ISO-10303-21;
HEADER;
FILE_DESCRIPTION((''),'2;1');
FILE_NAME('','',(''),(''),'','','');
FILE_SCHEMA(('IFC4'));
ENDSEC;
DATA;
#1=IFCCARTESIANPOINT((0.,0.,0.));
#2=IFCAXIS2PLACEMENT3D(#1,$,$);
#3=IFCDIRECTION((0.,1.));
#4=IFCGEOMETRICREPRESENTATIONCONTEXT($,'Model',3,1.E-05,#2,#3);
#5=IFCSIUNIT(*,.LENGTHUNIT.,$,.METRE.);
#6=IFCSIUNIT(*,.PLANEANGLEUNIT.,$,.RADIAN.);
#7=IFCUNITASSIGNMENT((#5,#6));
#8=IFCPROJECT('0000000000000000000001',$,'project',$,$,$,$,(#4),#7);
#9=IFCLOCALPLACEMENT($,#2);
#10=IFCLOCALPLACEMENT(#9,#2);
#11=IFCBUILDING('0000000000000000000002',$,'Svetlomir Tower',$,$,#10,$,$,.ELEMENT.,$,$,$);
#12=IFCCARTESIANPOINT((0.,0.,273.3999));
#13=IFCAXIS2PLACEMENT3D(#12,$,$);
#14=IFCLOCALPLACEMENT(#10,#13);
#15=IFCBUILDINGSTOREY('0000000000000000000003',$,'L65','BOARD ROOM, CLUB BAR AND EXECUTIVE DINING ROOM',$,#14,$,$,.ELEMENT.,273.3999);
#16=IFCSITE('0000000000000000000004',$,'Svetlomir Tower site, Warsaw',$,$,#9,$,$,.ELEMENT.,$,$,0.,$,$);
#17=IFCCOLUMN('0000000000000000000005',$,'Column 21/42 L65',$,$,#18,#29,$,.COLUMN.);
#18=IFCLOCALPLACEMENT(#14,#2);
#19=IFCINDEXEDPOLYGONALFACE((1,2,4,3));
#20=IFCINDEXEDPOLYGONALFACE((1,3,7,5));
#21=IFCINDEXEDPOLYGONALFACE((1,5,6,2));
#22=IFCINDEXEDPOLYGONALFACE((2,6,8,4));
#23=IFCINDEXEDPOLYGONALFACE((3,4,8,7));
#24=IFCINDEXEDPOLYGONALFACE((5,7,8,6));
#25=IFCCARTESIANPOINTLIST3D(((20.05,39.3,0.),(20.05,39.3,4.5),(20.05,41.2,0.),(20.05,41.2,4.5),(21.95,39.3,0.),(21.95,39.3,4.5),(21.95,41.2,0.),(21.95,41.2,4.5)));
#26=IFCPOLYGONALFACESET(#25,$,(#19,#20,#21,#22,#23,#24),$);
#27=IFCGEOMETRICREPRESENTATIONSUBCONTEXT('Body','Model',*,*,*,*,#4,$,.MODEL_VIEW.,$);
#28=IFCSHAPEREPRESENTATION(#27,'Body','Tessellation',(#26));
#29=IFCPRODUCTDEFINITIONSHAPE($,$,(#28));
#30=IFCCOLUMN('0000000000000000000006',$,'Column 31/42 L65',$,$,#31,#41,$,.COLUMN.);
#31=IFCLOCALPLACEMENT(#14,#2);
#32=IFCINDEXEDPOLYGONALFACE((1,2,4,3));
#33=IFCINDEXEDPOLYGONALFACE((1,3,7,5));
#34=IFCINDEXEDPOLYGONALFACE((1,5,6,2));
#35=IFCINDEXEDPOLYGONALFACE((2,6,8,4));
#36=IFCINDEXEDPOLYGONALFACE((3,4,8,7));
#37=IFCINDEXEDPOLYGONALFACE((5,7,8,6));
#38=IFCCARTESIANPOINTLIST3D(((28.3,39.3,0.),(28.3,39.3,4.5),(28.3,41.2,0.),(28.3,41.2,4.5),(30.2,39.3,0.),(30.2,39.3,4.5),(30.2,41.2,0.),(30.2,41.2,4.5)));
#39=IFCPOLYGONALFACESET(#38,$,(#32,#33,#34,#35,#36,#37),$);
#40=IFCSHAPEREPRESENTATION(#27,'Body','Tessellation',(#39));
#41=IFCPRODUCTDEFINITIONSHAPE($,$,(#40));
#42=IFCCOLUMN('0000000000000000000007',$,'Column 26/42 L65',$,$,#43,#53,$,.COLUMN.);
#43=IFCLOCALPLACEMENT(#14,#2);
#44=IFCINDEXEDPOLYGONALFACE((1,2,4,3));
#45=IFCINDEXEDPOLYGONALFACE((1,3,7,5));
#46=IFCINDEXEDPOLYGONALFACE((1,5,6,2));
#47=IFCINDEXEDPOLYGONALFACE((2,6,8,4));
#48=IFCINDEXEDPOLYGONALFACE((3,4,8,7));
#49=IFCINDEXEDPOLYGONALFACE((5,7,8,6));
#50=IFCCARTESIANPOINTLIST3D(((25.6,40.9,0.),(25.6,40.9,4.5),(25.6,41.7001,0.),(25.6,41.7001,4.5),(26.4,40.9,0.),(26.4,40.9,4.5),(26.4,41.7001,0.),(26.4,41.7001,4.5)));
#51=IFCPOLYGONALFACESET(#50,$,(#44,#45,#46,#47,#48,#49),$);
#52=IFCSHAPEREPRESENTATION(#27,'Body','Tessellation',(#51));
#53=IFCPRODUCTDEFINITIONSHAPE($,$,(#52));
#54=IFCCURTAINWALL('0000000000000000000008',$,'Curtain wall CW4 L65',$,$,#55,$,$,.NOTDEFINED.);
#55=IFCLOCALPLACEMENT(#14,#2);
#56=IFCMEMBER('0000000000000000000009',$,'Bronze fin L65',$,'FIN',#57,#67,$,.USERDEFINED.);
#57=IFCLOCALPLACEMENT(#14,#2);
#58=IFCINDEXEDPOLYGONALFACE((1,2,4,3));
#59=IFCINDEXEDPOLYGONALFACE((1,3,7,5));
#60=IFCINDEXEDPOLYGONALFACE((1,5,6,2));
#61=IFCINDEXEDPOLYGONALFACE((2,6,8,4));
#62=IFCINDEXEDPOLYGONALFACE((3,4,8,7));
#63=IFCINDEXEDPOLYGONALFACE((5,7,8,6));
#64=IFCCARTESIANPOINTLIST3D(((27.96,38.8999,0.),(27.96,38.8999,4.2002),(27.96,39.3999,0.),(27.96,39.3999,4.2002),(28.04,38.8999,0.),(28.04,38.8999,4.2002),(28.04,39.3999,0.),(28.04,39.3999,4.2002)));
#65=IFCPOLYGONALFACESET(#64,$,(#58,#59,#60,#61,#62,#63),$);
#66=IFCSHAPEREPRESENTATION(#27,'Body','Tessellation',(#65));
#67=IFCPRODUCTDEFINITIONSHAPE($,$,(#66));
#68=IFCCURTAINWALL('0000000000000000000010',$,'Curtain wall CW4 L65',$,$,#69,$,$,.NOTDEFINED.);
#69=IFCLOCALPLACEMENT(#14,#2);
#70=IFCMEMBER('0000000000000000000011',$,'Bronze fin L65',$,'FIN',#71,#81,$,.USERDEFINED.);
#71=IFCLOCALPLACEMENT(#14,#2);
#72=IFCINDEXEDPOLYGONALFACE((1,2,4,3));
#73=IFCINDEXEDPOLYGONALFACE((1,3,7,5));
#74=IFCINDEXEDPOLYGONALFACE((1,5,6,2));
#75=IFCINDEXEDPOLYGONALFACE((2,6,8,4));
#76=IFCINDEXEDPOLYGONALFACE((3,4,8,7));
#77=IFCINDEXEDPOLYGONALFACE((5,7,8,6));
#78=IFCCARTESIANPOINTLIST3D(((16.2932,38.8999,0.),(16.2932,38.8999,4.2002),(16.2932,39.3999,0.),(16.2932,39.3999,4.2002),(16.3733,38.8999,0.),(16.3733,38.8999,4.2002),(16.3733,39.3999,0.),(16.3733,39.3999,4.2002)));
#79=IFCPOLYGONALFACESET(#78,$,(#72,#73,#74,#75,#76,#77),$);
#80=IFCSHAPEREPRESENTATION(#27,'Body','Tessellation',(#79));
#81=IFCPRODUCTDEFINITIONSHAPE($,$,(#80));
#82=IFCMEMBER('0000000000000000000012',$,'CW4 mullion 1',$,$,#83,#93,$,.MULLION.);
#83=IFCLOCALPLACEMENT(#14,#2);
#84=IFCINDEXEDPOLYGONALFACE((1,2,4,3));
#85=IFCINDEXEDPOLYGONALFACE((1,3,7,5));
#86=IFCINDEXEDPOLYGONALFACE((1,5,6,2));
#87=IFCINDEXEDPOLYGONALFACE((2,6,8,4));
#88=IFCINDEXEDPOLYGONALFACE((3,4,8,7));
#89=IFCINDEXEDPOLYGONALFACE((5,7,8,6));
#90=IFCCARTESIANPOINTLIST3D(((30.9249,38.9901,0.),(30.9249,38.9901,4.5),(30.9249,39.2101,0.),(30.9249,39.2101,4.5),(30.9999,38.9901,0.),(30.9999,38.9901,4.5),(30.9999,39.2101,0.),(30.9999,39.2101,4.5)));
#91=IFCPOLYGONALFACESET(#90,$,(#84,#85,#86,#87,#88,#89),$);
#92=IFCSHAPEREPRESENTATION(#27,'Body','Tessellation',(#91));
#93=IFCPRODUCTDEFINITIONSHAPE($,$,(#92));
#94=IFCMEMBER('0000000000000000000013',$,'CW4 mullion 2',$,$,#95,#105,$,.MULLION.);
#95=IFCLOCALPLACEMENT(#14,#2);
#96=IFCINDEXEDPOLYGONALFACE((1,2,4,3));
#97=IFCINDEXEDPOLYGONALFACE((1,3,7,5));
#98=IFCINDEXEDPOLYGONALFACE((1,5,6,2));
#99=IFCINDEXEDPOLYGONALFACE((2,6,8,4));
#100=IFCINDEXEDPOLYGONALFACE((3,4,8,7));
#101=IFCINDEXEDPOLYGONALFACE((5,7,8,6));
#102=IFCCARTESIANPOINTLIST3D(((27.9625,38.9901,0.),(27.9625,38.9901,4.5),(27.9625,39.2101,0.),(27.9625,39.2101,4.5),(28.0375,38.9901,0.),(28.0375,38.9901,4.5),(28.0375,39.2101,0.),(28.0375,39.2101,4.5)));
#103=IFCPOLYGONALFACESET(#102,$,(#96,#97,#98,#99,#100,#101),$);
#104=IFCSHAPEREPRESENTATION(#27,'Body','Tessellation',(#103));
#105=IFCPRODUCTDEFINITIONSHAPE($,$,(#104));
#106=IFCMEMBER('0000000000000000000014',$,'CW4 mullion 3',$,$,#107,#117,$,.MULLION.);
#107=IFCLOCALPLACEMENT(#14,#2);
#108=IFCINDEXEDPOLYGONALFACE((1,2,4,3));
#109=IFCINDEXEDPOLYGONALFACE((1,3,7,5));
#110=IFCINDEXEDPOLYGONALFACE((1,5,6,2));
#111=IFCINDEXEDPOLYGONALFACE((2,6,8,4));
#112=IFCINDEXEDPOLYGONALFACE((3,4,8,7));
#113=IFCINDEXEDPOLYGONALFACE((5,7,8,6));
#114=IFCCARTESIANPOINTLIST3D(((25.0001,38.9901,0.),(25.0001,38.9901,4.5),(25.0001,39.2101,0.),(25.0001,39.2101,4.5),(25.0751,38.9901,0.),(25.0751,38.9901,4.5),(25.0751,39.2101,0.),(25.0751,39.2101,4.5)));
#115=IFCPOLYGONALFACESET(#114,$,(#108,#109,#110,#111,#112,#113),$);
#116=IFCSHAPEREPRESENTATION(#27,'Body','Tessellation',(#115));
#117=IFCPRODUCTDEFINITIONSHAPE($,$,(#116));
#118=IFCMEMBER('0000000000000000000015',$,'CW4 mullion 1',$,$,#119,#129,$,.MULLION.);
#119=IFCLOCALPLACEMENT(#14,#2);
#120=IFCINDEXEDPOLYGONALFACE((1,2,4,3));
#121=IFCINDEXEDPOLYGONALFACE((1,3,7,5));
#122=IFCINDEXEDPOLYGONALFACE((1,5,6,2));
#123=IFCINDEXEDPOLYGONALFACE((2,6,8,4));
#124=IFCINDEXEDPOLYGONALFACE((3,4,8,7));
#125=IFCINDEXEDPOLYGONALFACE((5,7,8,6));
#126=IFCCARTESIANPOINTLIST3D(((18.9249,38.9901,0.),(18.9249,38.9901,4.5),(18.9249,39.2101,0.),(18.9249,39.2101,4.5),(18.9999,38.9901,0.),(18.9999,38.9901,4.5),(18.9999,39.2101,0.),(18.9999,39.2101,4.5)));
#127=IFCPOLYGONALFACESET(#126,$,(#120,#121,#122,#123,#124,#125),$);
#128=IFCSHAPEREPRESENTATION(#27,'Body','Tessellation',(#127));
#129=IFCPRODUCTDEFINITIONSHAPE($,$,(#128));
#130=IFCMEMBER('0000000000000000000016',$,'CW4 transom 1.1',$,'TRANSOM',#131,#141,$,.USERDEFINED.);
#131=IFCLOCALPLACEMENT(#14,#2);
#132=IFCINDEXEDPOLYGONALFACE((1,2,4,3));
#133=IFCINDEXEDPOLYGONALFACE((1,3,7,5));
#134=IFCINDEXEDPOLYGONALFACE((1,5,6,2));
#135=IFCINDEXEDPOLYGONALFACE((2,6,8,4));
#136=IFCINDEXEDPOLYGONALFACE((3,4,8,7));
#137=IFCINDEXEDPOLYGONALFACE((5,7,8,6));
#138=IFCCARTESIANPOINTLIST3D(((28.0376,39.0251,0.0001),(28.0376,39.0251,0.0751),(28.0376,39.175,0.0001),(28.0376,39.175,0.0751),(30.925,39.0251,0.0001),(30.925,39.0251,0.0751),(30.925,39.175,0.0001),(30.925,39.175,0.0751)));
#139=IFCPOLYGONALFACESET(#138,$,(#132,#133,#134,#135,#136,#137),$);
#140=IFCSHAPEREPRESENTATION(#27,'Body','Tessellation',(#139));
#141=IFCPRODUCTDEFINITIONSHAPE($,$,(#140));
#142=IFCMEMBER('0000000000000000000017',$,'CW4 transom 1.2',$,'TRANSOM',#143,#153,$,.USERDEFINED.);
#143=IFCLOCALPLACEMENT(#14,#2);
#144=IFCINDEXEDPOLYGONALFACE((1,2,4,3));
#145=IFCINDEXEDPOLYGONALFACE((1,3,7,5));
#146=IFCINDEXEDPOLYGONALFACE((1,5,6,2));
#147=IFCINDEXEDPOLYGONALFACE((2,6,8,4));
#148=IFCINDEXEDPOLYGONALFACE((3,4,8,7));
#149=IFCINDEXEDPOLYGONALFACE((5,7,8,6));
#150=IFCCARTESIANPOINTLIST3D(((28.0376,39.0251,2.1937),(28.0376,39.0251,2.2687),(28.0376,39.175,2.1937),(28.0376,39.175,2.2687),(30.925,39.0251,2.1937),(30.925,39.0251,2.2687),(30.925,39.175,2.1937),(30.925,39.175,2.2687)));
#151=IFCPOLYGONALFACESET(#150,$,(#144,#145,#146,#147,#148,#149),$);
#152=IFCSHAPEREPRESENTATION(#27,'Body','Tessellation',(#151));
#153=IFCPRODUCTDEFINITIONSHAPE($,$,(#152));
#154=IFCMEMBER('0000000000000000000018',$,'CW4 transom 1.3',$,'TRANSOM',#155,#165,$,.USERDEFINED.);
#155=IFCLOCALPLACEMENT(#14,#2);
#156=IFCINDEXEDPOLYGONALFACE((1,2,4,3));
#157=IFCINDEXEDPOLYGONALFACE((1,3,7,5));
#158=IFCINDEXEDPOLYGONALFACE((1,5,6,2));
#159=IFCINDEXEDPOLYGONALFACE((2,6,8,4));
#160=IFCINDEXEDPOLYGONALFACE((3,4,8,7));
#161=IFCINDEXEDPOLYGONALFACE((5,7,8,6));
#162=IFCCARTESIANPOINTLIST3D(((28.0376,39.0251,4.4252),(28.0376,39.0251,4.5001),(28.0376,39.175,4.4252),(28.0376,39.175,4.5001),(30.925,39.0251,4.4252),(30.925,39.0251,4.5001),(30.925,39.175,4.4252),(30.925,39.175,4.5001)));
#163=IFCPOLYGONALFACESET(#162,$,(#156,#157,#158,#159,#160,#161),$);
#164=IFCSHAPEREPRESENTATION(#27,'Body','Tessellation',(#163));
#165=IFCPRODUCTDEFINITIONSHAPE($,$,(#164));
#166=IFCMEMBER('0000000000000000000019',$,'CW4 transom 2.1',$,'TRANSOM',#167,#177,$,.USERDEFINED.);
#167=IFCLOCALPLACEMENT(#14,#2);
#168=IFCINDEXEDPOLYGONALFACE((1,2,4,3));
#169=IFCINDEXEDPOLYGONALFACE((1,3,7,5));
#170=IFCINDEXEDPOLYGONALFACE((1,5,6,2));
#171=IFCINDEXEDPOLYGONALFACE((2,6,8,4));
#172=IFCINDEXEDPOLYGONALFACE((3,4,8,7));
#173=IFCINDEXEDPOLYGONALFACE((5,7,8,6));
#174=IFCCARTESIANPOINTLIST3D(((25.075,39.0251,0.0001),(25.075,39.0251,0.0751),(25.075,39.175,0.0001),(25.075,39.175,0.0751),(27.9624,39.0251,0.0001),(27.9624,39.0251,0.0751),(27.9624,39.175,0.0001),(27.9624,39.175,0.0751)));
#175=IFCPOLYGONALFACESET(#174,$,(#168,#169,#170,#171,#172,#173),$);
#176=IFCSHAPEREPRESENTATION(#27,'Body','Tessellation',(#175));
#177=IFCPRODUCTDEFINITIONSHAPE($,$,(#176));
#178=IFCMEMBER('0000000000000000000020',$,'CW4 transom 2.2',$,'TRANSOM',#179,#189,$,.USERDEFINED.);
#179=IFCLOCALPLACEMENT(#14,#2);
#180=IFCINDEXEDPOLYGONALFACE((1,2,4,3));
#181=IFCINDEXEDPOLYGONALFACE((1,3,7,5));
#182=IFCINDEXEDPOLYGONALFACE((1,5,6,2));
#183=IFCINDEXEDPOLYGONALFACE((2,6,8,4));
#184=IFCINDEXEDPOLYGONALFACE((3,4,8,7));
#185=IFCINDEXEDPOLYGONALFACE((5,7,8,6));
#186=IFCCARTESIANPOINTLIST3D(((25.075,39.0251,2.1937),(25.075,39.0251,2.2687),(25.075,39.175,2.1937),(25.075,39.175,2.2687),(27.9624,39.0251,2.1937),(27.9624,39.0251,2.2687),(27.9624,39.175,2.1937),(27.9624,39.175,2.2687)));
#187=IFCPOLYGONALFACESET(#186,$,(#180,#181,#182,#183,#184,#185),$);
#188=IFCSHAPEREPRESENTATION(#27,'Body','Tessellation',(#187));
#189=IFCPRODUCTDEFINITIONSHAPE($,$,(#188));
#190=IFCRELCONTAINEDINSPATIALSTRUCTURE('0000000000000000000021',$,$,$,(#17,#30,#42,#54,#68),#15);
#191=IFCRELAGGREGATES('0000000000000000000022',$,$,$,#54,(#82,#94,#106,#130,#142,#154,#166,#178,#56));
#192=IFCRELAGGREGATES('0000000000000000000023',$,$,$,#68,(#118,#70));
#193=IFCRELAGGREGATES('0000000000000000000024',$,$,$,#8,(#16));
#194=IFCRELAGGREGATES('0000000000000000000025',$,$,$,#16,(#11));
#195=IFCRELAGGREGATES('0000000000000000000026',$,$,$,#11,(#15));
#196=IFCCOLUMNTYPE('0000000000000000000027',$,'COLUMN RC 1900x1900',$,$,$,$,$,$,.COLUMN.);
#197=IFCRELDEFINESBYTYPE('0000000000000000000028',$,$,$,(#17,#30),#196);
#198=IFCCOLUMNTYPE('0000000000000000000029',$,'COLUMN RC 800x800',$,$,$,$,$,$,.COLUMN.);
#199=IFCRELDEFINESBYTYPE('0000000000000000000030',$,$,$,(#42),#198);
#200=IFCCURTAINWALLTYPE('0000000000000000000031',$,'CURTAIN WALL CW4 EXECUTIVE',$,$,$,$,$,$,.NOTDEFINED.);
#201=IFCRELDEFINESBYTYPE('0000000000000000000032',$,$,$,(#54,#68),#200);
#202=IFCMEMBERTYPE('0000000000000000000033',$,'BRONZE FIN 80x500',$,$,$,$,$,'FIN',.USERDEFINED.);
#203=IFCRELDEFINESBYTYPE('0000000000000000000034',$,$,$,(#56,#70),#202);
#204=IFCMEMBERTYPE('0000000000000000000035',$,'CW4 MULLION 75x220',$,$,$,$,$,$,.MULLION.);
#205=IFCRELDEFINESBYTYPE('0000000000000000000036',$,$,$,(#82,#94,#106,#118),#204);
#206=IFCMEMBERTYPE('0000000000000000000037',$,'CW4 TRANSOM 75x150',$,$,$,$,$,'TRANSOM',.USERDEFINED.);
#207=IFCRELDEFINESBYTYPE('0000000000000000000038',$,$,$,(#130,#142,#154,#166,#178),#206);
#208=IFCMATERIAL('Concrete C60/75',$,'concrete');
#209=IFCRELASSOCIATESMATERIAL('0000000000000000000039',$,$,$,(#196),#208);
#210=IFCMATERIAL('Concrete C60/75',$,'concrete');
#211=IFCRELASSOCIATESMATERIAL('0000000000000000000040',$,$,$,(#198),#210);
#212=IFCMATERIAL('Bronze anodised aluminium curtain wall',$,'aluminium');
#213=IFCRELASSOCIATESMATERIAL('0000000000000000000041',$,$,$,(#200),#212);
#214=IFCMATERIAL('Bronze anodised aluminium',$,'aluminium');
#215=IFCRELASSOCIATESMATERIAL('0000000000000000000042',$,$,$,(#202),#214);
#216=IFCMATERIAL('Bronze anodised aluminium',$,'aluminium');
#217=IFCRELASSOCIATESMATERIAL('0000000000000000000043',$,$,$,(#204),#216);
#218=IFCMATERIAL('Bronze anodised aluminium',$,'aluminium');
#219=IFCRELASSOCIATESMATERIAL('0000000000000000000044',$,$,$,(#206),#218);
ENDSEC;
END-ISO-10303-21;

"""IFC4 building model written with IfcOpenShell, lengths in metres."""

from ifc_helpers import new_model, si_unit, direction, frame, origin, origin_2d, place, context, subcontext, project, spatial, rectangle, extrude, material, material_profile, profile_set, type_object, element, aggregate, save


model = new_model("IFC4")

# Units and contexts
model_context = context("Model", 3, precision=1e-05, world=origin(), true_north=direction((0.0, 1.0)))
body_context = subcontext(model_context, "Body", "Model", "MODEL_VIEW")
ifc_project = project(units=[si_unit("LENGTHUNIT", "METRE"), si_unit("PLANEANGLEUNIT", "RADIAN")], contexts=[model_context])

# Site, building, storey
site_placement = place(None, origin())
site = spatial("IfcSite", under=ifc_project, at=site_placement, Name="Svetlomir Tower site, Warsaw", CompositionType="ELEMENT", RefElevation=0.0)
building_placement = place(site_placement, origin())
building = spatial("IfcBuilding", under=site, at=building_placement, Name="Svetlomir Tower", CompositionType="ELEMENT")
storey_placement = place(building_placement, frame((0.0, 0.0, 273.3999)))
storey = spatial("IfcBuildingStorey", under=building, at=storey_placement, Name="L65", Description="BOARD ROOM, CLUB BAR AND EXECUTIVE DINING ROOM", CompositionType="ELEMENT", Elevation=273.3999)

# Columns
ifc_material_1 = material(Name="Concrete C60/75", Category="concrete")
ifc_material_profile_1 = material_profile(ifc_material_1, rectangle(XDim=1.8999, YDim=1.8999, at=origin_2d()), Name="RC 1900x1900")
ifc_profile_set_1 = profile_set([ifc_material_profile_1], Name="Concrete C60/75")
column_type_1 = type_object("IfcColumnType", Name="COLUMN RC 1900x1900", PredefinedType="COLUMN", material=ifc_profile_set_1)
for number, where, z_axis, x_axis, name in (
    (1, (21.0, 40.25, 0.0), (0.0, 0.0, 1.0), (1.0, 0.0, 0.0), "Column 21/42 L65"),
    (2, (29.25, 40.25, 0.0), (0.0, 0.0, 1.0), (1.0, 0.0, 0.0), "Column 31/42 L65"),
):
    element("IfcColumn", number, at=place(storey_placement, frame(where, z_axis=z_axis, x_axis=x_axis)), inside=storey, type_object=column_type_1, Name=name, PredefinedType="COLUMN", context=body_context, shape_type="SweptSolid", body=[
        extrude(rectangle(XDim=1.8999, YDim=1.8999, at=origin_2d()), origin(), (0.0, 0.0, 1.0), 4.5),
    ])
ifc_material_2 = material(Name="Concrete C60/75", Category="concrete")
ifc_material_profile_2 = material_profile(ifc_material_2, rectangle(XDim=0.8, YDim=0.8, at=origin_2d()), Name="RC 800x800")
ifc_profile_set_2 = profile_set([ifc_material_profile_2], Name="Concrete C60/75")
column_type_2 = type_object("IfcColumnType", Name="COLUMN RC 800x800", PredefinedType="COLUMN", material=ifc_profile_set_2)
column_placement = place(storey_placement, frame((26.0, 41.3, 0.0), z_axis=(0.0, 0.0, 1.0), x_axis=(1.0, 0.0, 0.0)))
element("IfcColumn", 3, at=column_placement, inside=storey, type_object=column_type_2, Name="Column 26/42 L65", PredefinedType="COLUMN", context=body_context, shape_type="SweptSolid", body=[
    extrude(rectangle(XDim=0.8, YDim=0.8, at=origin_2d()), origin(), (0.0, 0.0, 1.0), 4.5),
])

# Curtain walls, members
ifc_material_3 = material(Name="Bronze anodised aluminium curtain wall", Category="aluminium")
curtain_wall_type = type_object("IfcCurtainWallType", Name="CURTAIN WALL CW4 EXECUTIVE", PredefinedType="NOTDEFINED", material=ifc_material_3)
curtain_wall_1_placement = place(storey_placement, origin())
curtain_wall_1 = element("IfcCurtainWall", 4, at=curtain_wall_1_placement, inside=storey, type_object=curtain_wall_type, Name="Curtain wall CW4 L65", PredefinedType="NOTDEFINED")
ifc_material_4 = material(Name="Bronze anodised aluminium", Category="aluminium")
ifc_material_profile_3 = material_profile(ifc_material_4, rectangle(XDim=0.0801, YDim=0.5, at=origin_2d()), Name="FIN 80x500")
ifc_profile_set_3 = profile_set([ifc_material_profile_3], Name="Bronze anodised aluminium 6063-T6")
member_type_1 = type_object("IfcMemberType", Name="BRONZE FIN 80x500", ElementType="FIN", PredefinedType="USERDEFINED", material=ifc_profile_set_3)
member_1_placement = place(storey_placement, frame((28.0, 39.1499, 0.0), z_axis=(0.0, 0.0, 1.0), x_axis=(1.0, 0.0, 0.0)))
member_1 = element("IfcMember", 5, at=member_1_placement, type_object=member_type_1, Name="Bronze fin L65", ObjectType="FIN", PredefinedType="USERDEFINED", context=body_context, shape_type="SweptSolid", body=[
    extrude(rectangle(XDim=0.0801, YDim=0.5, at=origin_2d()), origin(), (0.0, 0.0, 1.0), 4.2002),
])
curtain_wall_2_placement = place(storey_placement, origin())
curtain_wall_2 = element("IfcCurtainWall", 6, at=curtain_wall_2_placement, inside=storey, type_object=curtain_wall_type, Name="Curtain wall CW4 L65", PredefinedType="NOTDEFINED")
member_2_placement = place(storey_placement, frame((16.3333, 39.1499, 0.0), z_axis=(0.0, 0.0, 1.0), x_axis=(1.0, 0.0, 0.0)))
member_2 = element("IfcMember", 7, at=member_2_placement, type_object=member_type_1, Name="Bronze fin L65", ObjectType="FIN", PredefinedType="USERDEFINED", context=body_context, shape_type="SweptSolid", body=[
    extrude(rectangle(XDim=0.0801, YDim=0.5, at=origin_2d()), origin(), (0.0, 0.0, 1.0), 4.2002),
])

# Members
ifc_material_5 = material(Name="Bronze anodised aluminium", Category="aluminium")
ifc_material_profile_4 = material_profile(ifc_material_5, rectangle(XDim=0.075, YDim=0.22, at=origin_2d()), Name="AL 75x220")
ifc_profile_set_4 = profile_set([ifc_material_profile_4], Name="Bronze anodised aluminium 6063-T6")
member_type_2 = type_object("IfcMemberType", Name="CW4 MULLION 75x220", PredefinedType="MULLION", material=ifc_profile_set_4)
member_3_placement = place(storey_placement, frame((30.9624, 39.1001, 0.0), z_axis=(0.0, 0.0, 1.0), x_axis=(-1.0, 0.0, 0.0)))
member_3 = element("IfcMember", 8, at=member_3_placement, type_object=member_type_2, Name="CW4 mullion 1", PredefinedType="MULLION", context=body_context, shape_type="SweptSolid", body=[
    extrude(rectangle(XDim=0.075, YDim=0.22, at=origin_2d()), origin(), (0.0, 0.0, 1.0), 4.5),
])
member_4_placement = place(storey_placement, frame((28.0, 39.1001, 0.0), z_axis=(0.0, 0.0, 1.0), x_axis=(-1.0, 0.0, 0.0)))
member_4 = element("IfcMember", 9, at=member_4_placement, type_object=member_type_2, Name="CW4 mullion 2", PredefinedType="MULLION", context=body_context, shape_type="SweptSolid", body=[
    extrude(rectangle(XDim=0.075, YDim=0.22, at=origin_2d()), origin(), (0.0, 0.0, 1.0), 4.5),
])
member_5_placement = place(storey_placement, frame((25.0376, 39.1001, 0.0), z_axis=(0.0, 0.0, 1.0), x_axis=(-1.0, 0.0, 0.0)))
member_5 = element("IfcMember", 10, at=member_5_placement, type_object=member_type_2, Name="CW4 mullion 3", PredefinedType="MULLION", context=body_context, shape_type="SweptSolid", body=[
    extrude(rectangle(XDim=0.075, YDim=0.22, at=origin_2d()), origin(), (0.0, 0.0, 1.0), 4.5),
])
member_6_placement = place(storey_placement, frame((18.9624, 39.1001, 0.0), z_axis=(0.0, 0.0, 1.0), x_axis=(-1.0, 0.0, 0.0)))
member_6 = element("IfcMember", 11, at=member_6_placement, type_object=member_type_2, Name="CW4 mullion 1", PredefinedType="MULLION", context=body_context, shape_type="SweptSolid", body=[
    extrude(rectangle(XDim=0.075, YDim=0.22, at=origin_2d()), origin(), (0.0, 0.0, 1.0), 4.5),
])
ifc_material_6 = material(Name="Bronze anodised aluminium", Category="aluminium")
ifc_material_profile_5 = material_profile(ifc_material_6, rectangle(XDim=0.1499, YDim=0.075, at=origin_2d()), Name="AL 150x75")
ifc_profile_set_5 = profile_set([ifc_material_profile_5], Name="Bronze anodised aluminium 6063-T6")
member_type_3 = type_object("IfcMemberType", Name="CW4 TRANSOM 75x150", ElementType="TRANSOM", PredefinedType="USERDEFINED", material=ifc_profile_set_5)
member_7_placement = place(storey_placement, frame((30.925, 39.1001, 0.0376), z_axis=(-1.0, 0.0, 0.0), x_axis=(0.0, -1.0, 0.0)))
member_7 = element("IfcMember", 12, at=member_7_placement, type_object=member_type_3, Name="CW4 transom 1.1", ObjectType="TRANSOM", PredefinedType="USERDEFINED", context=body_context, shape_type="SweptSolid", body=[
    extrude(rectangle(XDim=0.1499, YDim=0.075, at=origin_2d()), origin(), (0.0, 0.0, 1.0), 2.8875),
])
member_8_placement = place(storey_placement, frame((30.925, 39.1001, 2.2312), z_axis=(-1.0, 0.0, 0.0), x_axis=(0.0, -1.0, 0.0)))
member_8 = element("IfcMember", 13, at=member_8_placement, type_object=member_type_3, Name="CW4 transom 1.2", ObjectType="TRANSOM", PredefinedType="USERDEFINED", context=body_context, shape_type="SweptSolid", body=[
    extrude(rectangle(XDim=0.1499, YDim=0.075, at=origin_2d()), origin(), (0.0, 0.0, 1.0), 2.8875),
])
member_9_placement = place(storey_placement, frame((30.925, 39.1001, 4.4626), z_axis=(-1.0, 0.0, 0.0), x_axis=(0.0, -1.0, 0.0)))
member_9 = element("IfcMember", 14, at=member_9_placement, type_object=member_type_3, Name="CW4 transom 1.3", ObjectType="TRANSOM", PredefinedType="USERDEFINED", context=body_context, shape_type="SweptSolid", body=[
    extrude(rectangle(XDim=0.1499, YDim=0.075, at=origin_2d()), origin(), (0.0, 0.0, 1.0), 2.8875),
])
member_10_placement = place(storey_placement, frame((27.9624, 39.1001, 0.0376), z_axis=(-1.0, 0.0, 0.0), x_axis=(0.0, -1.0, 0.0)))
member_10 = element("IfcMember", 15, at=member_10_placement, type_object=member_type_3, Name="CW4 transom 2.1", ObjectType="TRANSOM", PredefinedType="USERDEFINED", context=body_context, shape_type="SweptSolid", body=[
    extrude(rectangle(XDim=0.1499, YDim=0.075, at=origin_2d()), origin(), (0.0, 0.0, 1.0), 2.8875),
])
member_11_placement = place(storey_placement, frame((27.9624, 39.1001, 2.2312), z_axis=(-1.0, 0.0, 0.0), x_axis=(0.0, -1.0, 0.0)))
member_11 = element("IfcMember", 16, at=member_11_placement, type_object=member_type_3, Name="CW4 transom 2.2", ObjectType="TRANSOM", PredefinedType="USERDEFINED", context=body_context, shape_type="SweptSolid", body=[
    extrude(rectangle(XDim=0.1499, YDim=0.075, at=origin_2d()), origin(), (0.0, 0.0, 1.0), 2.8875),
])

aggregate(curtain_wall_1, [member_3, member_4, member_5, member_7, member_8, member_9, member_10, member_11, member_1])
aggregate(curtain_wall_2, [member_6, member_2])

save(model, "model.ifc")
